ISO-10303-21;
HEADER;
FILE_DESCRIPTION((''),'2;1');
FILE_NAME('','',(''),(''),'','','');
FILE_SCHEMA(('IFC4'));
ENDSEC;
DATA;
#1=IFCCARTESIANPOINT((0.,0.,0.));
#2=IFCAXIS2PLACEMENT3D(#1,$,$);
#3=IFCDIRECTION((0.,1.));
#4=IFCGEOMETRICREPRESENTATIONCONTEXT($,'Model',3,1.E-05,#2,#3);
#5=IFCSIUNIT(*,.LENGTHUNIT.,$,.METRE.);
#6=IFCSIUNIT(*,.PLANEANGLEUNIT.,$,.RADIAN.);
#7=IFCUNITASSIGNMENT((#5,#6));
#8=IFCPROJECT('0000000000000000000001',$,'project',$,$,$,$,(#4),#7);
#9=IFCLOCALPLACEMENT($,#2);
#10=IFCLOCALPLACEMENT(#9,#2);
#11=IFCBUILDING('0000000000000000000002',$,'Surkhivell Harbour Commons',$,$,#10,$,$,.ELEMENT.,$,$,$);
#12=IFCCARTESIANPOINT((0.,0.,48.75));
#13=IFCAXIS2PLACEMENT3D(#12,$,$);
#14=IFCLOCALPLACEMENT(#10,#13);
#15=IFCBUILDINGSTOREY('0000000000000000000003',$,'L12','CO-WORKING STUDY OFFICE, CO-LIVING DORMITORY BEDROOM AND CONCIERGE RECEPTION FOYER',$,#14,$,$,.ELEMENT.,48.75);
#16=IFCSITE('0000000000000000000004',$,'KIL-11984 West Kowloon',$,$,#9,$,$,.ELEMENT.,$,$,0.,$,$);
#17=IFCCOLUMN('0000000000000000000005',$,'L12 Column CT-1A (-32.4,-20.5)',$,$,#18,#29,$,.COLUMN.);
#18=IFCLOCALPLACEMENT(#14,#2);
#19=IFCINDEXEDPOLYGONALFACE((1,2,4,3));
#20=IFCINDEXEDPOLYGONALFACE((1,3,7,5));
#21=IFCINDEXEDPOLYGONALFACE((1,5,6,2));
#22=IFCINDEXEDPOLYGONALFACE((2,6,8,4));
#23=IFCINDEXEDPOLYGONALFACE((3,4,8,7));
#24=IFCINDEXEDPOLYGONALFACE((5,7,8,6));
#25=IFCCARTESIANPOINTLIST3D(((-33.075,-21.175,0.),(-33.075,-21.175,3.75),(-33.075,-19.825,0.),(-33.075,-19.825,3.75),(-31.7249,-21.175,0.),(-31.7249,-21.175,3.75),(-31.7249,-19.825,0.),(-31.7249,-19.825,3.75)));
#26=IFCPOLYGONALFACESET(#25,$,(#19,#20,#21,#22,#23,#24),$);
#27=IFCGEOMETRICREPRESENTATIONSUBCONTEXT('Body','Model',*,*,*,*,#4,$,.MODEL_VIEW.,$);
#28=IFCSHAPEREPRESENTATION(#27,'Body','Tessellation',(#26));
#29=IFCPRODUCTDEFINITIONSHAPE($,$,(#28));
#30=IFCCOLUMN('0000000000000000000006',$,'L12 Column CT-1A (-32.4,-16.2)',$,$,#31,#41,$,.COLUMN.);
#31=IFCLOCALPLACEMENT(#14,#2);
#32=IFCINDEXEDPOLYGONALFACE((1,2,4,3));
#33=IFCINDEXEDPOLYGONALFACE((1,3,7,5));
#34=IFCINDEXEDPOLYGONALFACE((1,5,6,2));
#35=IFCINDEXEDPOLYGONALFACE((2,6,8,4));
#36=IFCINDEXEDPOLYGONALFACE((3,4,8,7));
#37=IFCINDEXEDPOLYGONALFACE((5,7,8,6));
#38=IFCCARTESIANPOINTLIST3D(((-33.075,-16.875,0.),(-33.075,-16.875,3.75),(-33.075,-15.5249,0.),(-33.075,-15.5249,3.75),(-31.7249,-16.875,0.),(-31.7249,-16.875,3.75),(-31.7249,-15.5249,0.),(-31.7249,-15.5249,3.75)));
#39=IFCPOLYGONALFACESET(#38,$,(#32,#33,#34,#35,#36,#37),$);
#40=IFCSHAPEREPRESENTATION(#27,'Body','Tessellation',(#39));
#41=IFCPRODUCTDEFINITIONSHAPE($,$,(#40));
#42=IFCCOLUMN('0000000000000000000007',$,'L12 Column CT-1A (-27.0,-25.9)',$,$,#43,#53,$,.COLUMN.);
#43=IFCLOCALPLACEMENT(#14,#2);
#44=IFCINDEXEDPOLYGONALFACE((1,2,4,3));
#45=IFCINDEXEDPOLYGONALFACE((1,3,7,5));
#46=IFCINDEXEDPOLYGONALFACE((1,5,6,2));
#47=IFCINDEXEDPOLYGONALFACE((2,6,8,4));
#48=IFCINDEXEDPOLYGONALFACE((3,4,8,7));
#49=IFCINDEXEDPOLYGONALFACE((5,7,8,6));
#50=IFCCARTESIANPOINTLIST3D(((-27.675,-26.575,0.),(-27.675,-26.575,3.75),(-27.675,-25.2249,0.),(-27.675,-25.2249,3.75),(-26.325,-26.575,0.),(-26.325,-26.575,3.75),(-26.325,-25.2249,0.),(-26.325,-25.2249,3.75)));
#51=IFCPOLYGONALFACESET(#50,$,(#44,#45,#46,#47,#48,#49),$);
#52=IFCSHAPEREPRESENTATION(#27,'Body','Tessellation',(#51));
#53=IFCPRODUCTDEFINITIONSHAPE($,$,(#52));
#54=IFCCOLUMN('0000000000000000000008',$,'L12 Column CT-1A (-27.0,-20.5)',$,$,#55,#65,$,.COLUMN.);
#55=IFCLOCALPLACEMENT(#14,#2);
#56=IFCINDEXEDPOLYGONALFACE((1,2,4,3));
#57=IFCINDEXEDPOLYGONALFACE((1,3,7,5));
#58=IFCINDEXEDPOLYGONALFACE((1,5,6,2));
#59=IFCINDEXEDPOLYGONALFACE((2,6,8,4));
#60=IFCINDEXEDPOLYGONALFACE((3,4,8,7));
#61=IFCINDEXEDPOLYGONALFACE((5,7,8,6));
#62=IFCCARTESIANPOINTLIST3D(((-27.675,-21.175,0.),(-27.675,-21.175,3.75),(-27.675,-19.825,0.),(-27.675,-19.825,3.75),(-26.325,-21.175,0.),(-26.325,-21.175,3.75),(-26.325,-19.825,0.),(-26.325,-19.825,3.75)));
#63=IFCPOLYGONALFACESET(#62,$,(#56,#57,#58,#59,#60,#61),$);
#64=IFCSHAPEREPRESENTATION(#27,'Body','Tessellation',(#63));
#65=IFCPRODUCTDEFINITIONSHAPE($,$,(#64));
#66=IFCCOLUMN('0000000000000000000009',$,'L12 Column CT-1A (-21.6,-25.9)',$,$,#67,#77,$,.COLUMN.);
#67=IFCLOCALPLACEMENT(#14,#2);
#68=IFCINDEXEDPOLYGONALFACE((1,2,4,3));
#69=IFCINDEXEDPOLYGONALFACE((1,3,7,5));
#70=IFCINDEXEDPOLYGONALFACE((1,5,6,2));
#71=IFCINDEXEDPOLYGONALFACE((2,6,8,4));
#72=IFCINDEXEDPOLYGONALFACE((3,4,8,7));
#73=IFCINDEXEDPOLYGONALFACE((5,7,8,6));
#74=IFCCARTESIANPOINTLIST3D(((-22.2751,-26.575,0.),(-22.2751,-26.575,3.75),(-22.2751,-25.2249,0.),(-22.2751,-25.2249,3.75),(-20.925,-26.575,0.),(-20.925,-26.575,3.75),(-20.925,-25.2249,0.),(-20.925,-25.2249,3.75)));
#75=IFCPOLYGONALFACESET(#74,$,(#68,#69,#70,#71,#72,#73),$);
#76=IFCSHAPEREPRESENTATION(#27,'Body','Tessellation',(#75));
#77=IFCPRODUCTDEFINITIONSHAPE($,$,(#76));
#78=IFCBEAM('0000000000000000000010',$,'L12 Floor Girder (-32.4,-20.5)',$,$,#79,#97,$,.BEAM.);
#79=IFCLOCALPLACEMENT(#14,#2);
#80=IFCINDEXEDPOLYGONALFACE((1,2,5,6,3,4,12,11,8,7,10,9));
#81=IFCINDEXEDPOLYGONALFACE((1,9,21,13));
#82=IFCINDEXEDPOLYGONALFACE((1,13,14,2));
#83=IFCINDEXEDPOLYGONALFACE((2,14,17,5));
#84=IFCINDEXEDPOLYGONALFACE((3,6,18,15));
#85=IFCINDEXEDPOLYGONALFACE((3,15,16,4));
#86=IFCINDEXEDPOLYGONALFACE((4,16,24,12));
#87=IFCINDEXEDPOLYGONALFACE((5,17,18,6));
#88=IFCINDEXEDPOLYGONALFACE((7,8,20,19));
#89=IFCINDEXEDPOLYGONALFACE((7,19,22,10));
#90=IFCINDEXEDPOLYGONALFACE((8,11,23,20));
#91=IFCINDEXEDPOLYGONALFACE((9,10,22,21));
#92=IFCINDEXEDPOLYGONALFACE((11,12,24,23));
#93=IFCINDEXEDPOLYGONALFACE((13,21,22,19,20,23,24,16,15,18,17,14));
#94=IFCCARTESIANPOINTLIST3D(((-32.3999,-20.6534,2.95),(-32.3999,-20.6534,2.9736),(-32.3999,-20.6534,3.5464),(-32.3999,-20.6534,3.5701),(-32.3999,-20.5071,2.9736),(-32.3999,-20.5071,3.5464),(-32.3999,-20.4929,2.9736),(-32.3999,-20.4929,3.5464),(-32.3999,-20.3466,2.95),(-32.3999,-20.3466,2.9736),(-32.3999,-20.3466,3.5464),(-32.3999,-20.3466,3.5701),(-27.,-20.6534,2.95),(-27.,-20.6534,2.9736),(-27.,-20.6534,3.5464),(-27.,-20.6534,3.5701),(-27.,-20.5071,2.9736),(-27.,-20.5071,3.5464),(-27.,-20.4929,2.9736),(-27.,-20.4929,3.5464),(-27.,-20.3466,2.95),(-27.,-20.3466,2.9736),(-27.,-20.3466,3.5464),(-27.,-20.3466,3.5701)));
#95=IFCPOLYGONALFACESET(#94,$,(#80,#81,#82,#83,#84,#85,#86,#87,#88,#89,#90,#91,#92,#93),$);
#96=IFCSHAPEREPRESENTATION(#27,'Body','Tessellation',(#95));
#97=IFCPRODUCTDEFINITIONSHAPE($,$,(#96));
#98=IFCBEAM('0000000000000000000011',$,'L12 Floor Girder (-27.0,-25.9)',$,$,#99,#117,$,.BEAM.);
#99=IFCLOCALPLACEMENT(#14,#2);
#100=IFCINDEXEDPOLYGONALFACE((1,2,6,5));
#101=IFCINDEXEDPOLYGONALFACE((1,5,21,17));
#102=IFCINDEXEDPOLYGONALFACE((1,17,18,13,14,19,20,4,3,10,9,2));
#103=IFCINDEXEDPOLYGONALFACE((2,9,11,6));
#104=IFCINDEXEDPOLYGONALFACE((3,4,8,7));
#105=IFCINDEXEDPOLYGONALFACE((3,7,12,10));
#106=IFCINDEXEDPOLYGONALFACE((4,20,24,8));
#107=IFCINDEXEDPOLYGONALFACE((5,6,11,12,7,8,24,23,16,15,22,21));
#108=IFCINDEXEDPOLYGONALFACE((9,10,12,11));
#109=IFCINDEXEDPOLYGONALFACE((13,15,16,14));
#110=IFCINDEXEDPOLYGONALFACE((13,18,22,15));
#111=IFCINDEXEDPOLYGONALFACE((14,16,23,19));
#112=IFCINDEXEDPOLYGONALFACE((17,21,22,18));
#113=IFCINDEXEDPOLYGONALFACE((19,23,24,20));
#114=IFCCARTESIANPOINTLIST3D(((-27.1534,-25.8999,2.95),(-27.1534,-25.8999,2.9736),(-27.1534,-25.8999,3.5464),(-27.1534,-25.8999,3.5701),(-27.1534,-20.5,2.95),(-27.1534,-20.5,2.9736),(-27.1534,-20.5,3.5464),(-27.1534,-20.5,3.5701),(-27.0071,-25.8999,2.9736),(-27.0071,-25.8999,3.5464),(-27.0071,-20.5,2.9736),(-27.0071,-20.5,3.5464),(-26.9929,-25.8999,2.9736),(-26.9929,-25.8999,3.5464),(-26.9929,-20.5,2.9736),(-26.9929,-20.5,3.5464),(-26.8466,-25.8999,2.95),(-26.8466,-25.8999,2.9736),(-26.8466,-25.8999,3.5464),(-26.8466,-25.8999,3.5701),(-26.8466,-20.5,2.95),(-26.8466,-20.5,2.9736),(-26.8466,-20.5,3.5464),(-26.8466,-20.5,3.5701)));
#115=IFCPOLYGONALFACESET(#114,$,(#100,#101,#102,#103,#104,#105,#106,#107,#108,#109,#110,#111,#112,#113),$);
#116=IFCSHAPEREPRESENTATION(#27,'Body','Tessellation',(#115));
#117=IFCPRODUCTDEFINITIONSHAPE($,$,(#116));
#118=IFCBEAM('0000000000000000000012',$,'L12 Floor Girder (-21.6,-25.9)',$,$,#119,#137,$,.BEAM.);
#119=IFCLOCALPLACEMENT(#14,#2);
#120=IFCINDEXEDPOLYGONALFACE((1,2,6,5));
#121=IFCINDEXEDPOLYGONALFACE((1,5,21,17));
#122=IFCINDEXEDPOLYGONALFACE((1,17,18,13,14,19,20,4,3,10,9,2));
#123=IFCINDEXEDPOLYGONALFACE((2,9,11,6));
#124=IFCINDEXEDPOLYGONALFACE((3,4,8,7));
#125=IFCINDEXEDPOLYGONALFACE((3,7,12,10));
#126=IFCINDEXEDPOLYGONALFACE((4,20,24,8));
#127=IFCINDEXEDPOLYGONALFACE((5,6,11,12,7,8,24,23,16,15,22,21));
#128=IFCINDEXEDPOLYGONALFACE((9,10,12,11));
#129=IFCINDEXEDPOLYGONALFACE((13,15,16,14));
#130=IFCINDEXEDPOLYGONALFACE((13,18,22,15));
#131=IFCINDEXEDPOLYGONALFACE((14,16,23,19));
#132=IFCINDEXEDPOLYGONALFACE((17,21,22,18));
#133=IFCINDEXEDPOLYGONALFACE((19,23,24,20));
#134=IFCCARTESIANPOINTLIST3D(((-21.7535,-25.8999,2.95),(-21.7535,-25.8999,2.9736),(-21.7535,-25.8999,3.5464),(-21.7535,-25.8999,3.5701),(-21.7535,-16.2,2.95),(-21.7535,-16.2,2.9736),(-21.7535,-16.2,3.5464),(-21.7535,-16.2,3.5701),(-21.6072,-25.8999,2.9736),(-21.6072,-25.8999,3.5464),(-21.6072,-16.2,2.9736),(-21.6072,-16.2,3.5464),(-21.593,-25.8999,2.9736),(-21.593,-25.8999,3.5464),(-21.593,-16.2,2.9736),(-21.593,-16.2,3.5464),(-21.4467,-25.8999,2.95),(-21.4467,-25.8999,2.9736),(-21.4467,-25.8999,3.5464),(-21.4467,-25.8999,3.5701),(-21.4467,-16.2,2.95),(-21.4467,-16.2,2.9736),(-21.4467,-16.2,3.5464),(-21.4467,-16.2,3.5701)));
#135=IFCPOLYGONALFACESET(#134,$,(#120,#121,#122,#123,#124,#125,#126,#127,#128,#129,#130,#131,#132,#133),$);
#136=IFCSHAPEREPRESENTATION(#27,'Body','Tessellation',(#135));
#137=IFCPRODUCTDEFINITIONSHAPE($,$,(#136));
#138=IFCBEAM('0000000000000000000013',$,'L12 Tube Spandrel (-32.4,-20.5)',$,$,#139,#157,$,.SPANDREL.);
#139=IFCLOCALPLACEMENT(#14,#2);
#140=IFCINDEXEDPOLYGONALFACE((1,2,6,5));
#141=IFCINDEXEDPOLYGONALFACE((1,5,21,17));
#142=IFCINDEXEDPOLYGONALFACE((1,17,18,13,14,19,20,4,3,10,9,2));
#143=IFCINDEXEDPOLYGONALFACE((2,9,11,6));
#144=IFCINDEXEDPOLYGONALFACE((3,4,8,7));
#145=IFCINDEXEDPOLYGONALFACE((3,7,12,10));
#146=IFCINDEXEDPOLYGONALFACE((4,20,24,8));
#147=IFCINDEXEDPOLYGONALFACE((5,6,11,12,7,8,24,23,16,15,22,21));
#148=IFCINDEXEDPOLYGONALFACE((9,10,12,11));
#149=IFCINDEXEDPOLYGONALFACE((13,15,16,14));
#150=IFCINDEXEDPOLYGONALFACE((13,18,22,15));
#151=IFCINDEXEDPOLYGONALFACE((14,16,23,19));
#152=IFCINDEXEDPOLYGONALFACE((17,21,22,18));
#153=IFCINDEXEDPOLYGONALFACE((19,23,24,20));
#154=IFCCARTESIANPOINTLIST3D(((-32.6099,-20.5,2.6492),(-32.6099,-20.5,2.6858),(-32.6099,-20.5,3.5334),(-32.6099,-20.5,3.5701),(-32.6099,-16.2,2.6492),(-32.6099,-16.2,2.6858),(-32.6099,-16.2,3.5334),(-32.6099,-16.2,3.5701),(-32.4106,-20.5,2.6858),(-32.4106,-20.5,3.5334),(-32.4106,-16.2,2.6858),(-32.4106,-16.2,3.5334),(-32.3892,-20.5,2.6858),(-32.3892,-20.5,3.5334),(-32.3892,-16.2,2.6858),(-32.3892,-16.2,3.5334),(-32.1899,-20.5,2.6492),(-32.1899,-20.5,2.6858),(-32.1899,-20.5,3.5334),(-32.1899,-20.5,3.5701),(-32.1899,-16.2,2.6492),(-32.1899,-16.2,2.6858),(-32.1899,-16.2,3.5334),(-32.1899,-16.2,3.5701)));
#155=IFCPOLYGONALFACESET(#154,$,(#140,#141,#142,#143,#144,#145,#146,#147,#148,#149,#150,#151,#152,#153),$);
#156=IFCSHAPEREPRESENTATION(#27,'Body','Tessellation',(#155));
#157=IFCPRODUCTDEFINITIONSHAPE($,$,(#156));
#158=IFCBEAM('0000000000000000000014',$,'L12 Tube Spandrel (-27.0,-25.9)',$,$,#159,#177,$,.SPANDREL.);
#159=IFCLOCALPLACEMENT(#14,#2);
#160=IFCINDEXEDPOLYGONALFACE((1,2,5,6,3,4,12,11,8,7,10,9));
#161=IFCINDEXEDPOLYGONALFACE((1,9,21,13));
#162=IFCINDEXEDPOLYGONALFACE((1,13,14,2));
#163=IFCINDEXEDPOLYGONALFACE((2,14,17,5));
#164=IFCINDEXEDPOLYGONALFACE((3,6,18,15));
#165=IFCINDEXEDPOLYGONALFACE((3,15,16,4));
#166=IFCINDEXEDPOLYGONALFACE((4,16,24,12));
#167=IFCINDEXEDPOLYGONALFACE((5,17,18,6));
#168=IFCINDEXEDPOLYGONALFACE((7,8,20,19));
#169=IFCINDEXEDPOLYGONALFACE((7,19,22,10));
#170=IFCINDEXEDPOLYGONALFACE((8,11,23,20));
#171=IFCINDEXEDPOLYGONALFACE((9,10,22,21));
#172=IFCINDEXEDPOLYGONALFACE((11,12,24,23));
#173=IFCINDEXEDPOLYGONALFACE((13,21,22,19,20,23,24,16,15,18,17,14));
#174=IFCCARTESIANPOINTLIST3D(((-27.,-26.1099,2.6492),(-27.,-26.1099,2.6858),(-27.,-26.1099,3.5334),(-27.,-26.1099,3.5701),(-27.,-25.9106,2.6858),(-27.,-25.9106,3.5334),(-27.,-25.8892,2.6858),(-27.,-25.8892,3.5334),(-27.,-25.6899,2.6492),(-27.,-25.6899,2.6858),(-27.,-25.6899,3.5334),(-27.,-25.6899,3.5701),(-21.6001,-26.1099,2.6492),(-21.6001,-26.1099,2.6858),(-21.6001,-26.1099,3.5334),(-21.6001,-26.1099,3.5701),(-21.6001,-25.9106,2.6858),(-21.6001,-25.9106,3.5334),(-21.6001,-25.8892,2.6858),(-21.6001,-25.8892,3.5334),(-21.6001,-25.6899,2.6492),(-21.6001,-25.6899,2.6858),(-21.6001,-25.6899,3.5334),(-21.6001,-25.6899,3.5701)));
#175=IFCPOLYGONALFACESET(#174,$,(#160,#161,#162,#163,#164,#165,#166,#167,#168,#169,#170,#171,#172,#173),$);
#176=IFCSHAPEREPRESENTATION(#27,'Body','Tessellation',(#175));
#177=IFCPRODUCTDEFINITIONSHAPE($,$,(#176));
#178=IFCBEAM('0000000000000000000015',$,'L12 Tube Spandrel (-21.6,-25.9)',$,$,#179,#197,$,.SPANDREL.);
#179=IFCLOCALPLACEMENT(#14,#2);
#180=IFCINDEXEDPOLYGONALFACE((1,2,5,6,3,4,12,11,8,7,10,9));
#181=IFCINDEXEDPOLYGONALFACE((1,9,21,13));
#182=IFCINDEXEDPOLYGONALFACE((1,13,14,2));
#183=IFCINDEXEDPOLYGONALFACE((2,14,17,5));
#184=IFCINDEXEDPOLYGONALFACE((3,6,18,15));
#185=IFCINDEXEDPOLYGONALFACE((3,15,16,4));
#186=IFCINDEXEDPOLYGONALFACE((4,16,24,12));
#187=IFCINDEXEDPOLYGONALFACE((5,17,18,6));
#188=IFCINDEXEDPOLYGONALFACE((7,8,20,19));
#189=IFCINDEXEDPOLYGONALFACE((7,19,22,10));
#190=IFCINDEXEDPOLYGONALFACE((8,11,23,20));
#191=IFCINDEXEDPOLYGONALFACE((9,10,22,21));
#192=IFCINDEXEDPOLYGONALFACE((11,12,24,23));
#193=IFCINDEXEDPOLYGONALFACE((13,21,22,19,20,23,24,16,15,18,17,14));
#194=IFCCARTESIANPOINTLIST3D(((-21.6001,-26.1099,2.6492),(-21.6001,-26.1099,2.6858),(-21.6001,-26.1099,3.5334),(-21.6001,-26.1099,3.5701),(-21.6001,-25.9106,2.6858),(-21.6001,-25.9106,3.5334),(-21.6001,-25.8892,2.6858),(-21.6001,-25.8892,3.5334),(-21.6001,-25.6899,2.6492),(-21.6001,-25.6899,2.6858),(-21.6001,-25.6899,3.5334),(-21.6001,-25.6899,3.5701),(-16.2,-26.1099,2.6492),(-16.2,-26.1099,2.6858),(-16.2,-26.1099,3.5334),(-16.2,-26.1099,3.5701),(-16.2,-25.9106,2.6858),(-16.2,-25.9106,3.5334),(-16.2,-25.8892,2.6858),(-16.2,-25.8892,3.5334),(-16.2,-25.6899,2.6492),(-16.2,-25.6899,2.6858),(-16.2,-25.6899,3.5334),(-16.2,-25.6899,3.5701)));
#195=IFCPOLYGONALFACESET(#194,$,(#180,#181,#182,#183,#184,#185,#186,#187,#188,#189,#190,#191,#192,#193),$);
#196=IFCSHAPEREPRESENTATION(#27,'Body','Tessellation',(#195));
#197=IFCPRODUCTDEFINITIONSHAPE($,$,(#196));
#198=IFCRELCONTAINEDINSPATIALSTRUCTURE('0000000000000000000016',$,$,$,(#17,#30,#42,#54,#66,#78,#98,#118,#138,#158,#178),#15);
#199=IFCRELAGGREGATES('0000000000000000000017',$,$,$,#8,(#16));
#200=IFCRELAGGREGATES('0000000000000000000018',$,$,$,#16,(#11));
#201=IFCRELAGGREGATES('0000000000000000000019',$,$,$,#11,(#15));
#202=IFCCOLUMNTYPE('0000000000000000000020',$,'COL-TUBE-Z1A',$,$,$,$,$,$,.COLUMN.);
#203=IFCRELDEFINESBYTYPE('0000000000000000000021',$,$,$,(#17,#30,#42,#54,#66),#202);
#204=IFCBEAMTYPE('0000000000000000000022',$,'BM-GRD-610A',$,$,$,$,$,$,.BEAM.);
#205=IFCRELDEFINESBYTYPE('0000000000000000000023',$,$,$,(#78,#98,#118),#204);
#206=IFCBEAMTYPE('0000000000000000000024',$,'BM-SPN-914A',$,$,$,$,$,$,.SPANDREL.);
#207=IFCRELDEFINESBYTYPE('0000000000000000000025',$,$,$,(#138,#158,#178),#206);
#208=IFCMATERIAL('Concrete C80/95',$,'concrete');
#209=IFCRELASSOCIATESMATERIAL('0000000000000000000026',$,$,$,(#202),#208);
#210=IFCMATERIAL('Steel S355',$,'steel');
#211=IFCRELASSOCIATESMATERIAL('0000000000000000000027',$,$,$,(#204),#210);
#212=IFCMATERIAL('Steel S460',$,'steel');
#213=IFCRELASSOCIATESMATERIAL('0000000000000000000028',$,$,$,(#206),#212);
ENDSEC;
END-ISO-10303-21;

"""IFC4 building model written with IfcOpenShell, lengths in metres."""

from ifc_helpers import new_model, si_unit, direction, frame, origin, origin_2d, place, context, subcontext, project, spatial, rectangle, i_section, extrude, material, material_profile, profile_set, type_object, element, save


model = new_model("IFC4")

# Units and contexts
model_context = context("Model", 3, precision=1e-05, world=origin(), true_north=direction((0.0, 1.0)))
body_context = subcontext(model_context, "Body", "Model", "MODEL_VIEW")
ifc_project = project(units=[si_unit("LENGTHUNIT", "METRE"), si_unit("PLANEANGLEUNIT", "RADIAN")], contexts=[model_context])

# Site, building, storey
site_placement = place(None, origin())
site = spatial("IfcSite", under=ifc_project, at=site_placement, Name="KIL-11984 West Kowloon", CompositionType="ELEMENT", RefElevation=0.0)
building_placement = place(site_placement, origin())
building = spatial("IfcBuilding", under=site, at=building_placement, Name="Surkhivell Harbour Commons", CompositionType="ELEMENT")
storey_placement = place(building_placement, frame((0.0, 0.0, 48.75)))
storey = spatial("IfcBuildingStorey", under=building, at=storey_placement, Name="L12", Description="CO-WORKING STUDY OFFICE, CO-LIVING DORMITORY BEDROOM AND CONCIERGE RECEPTION FOYER", CompositionType="ELEMENT", Elevation=48.75)

# Columns
ifc_material_1 = material(Name="Concrete C80/95", Category="concrete")
ifc_material_profile_1 = material_profile(ifc_material_1, rectangle(XDim=1.3501, YDim=1.3501, at=origin_2d()), Name="RC-COL-1350x1350")
ifc_profile_set_1 = profile_set([ifc_material_profile_1], Name="Concrete C80/95")
column_type = type_object("IfcColumnType", Name="COL-TUBE-Z1A", PredefinedType="COLUMN", material=ifc_profile_set_1)
for number, where, z_axis, x_axis, name in (
    (1, (-32.3999, -20.5, 0.0), (0.0, 0.0, 1.0), (1.0, 0.0, 0.0), "L12 Column CT-1A (-32.4,-20.5)"),
    (2, (-32.3999, -16.2, 0.0), (0.0, 0.0, 1.0), (1.0, 0.0, 0.0), "L12 Column CT-1A (-32.4,-16.2)"),
    (3, (-27.0, -25.8999, 0.0), (0.0, 0.0, 1.0), (1.0, 0.0, 0.0), "L12 Column CT-1A (-27.0,-25.9)"),
    (4, (-27.0, -20.5, 0.0), (0.0, 0.0, 1.0), (1.0, 0.0, 0.0), "L12 Column CT-1A (-27.0,-20.5)"),
    (5, (-21.6001, -25.8999, 0.0), (0.0, 0.0, 1.0), (1.0, 0.0, 0.0), "L12 Column CT-1A (-21.6,-25.9)"),
):
    element("IfcColumn", number, at=place(storey_placement, frame(where, z_axis=z_axis, x_axis=x_axis)), inside=storey, type_object=column_type, Name=name, PredefinedType="COLUMN", context=body_context, shape_type="SweptSolid", body=[
        extrude(rectangle(XDim=1.3501, YDim=1.3501, at=origin_2d()), origin(), (0.0, 0.0, 1.0), 3.75),
    ])

# Beams
ifc_material_2 = material(Name="Steel S355", Category="steel")
ifc_material_profile_2 = material_profile(ifc_material_2, i_section(OverallWidth=0.3069, OverallDepth=0.6201, WebThickness=0.0142, FlangeThickness=0.0237, at=origin_2d()), Name="UB610x305x179")
ifc_profile_set_2 = profile_set([ifc_material_profile_2], Name="Steel S355")
beam_type_1 = type_object("IfcBeamType", Name="BM-GRD-610A", PredefinedType="BEAM", material=ifc_profile_set_2)
for number, where, z_axis, x_axis, name in (
    (6, (-32.3999, -20.5, 3.26), (1.0, 0.0, 0.0), (0.0, 1.0, 0.0), "L12 Floor Girder (-32.4,-20.5)"),
    (7, (-27.0, -25.8999, 3.26), (0.0, 1.0, 0.0), (-1.0, 0.0, 0.0), "L12 Floor Girder (-27.0,-25.9)"),
):
    element("IfcBeam", number, at=place(storey_placement, frame(where, z_axis=z_axis, x_axis=x_axis)), inside=storey, type_object=beam_type_1, Name=name, PredefinedType="BEAM", context=body_context, shape_type="SweptSolid", body=[
        extrude(i_section(OverallWidth=0.3069, OverallDepth=0.6201, WebThickness=0.0142, FlangeThickness=0.0237, at=origin_2d()), origin(), (0.0, 0.0, 1.0), 5.3999),
    ])
beam_1_placement = place(storey_placement, frame((-21.6001, -25.8999, 3.26), z_axis=(0.0, 1.0, 0.0), x_axis=(-1.0, 0.0, 0.0)))
element("IfcBeam", 8, at=beam_1_placement, inside=storey, type_object=beam_type_1, Name="L12 Floor Girder (-21.6,-25.9)", PredefinedType="BEAM", context=body_context, shape_type="SweptSolid", body=[
    extrude(i_section(OverallWidth=0.3069, OverallDepth=0.6201, WebThickness=0.0142, FlangeThickness=0.0237, at=origin_2d()), origin(), (0.0, 0.0, 1.0), 9.7),
])
ifc_material_3 = material(Name="Steel S460", Category="steel")
ifc_material_profile_3 = material_profile(ifc_material_3, i_section(OverallWidth=0.4199, OverallDepth=0.9209, WebThickness=0.0215, FlangeThickness=0.0366, at=origin_2d()), Name="UB914x419x388")
ifc_profile_set_3 = profile_set([ifc_material_profile_3], Name="Steel S460")
beam_type_2 = type_object("IfcBeamType", Name="BM-SPN-914A", PredefinedType="SPANDREL", material=ifc_profile_set_3)
beam_2_placement = place(storey_placement, frame((-32.3999, -20.5, 3.1096), z_axis=(0.0, 1.0, 0.0), x_axis=(-1.0, 0.0, 0.0)))
element("IfcBeam", 9, at=beam_2_placement, inside=storey, type_object=beam_type_2, Name="L12 Tube Spandrel (-32.4,-20.5)", PredefinedType="SPANDREL", context=body_context, shape_type="SweptSolid", body=[
    extrude(i_section(OverallWidth=0.4199, OverallDepth=0.9209, WebThickness=0.0215, FlangeThickness=0.0366, at=origin_2d()), origin(), (0.0, 0.0, 1.0), 4.3),
])
beam_3_placement = place(storey_placement, frame((-27.0, -25.8999, 3.1096), z_axis=(1.0, 0.0, 0.0), x_axis=(0.0, 1.0, 0.0)))
element("IfcBeam", 10, at=beam_3_placement, inside=storey, type_object=beam_type_2, Name="L12 Tube Spandrel (-27.0,-25.9)", PredefinedType="SPANDREL", context=body_context, shape_type="SweptSolid", body=[
    extrude(i_section(OverallWidth=0.4199, OverallDepth=0.9209, WebThickness=0.0215, FlangeThickness=0.0366, at=origin_2d()), origin(), (0.0, 0.0, 1.0), 5.3999),
])
beam_4_placement = place(storey_placement, frame((-21.6001, -25.8999, 3.1096), z_axis=(1.0, 0.0, 0.0), x_axis=(0.0, 1.0, 0.0)))
element("IfcBeam", 11, at=beam_4_placement, inside=storey, type_object=beam_type_2, Name="L12 Tube Spandrel (-21.6,-25.9)", PredefinedType="SPANDREL", context=body_context, shape_type="SweptSolid", body=[
    extrude(i_section(OverallWidth=0.4199, OverallDepth=0.9209, WebThickness=0.0215, FlangeThickness=0.0366, at=origin_2d()), origin(), (0.0, 0.0, 1.0), 5.4001),
])

save(model, "model.ifc")
